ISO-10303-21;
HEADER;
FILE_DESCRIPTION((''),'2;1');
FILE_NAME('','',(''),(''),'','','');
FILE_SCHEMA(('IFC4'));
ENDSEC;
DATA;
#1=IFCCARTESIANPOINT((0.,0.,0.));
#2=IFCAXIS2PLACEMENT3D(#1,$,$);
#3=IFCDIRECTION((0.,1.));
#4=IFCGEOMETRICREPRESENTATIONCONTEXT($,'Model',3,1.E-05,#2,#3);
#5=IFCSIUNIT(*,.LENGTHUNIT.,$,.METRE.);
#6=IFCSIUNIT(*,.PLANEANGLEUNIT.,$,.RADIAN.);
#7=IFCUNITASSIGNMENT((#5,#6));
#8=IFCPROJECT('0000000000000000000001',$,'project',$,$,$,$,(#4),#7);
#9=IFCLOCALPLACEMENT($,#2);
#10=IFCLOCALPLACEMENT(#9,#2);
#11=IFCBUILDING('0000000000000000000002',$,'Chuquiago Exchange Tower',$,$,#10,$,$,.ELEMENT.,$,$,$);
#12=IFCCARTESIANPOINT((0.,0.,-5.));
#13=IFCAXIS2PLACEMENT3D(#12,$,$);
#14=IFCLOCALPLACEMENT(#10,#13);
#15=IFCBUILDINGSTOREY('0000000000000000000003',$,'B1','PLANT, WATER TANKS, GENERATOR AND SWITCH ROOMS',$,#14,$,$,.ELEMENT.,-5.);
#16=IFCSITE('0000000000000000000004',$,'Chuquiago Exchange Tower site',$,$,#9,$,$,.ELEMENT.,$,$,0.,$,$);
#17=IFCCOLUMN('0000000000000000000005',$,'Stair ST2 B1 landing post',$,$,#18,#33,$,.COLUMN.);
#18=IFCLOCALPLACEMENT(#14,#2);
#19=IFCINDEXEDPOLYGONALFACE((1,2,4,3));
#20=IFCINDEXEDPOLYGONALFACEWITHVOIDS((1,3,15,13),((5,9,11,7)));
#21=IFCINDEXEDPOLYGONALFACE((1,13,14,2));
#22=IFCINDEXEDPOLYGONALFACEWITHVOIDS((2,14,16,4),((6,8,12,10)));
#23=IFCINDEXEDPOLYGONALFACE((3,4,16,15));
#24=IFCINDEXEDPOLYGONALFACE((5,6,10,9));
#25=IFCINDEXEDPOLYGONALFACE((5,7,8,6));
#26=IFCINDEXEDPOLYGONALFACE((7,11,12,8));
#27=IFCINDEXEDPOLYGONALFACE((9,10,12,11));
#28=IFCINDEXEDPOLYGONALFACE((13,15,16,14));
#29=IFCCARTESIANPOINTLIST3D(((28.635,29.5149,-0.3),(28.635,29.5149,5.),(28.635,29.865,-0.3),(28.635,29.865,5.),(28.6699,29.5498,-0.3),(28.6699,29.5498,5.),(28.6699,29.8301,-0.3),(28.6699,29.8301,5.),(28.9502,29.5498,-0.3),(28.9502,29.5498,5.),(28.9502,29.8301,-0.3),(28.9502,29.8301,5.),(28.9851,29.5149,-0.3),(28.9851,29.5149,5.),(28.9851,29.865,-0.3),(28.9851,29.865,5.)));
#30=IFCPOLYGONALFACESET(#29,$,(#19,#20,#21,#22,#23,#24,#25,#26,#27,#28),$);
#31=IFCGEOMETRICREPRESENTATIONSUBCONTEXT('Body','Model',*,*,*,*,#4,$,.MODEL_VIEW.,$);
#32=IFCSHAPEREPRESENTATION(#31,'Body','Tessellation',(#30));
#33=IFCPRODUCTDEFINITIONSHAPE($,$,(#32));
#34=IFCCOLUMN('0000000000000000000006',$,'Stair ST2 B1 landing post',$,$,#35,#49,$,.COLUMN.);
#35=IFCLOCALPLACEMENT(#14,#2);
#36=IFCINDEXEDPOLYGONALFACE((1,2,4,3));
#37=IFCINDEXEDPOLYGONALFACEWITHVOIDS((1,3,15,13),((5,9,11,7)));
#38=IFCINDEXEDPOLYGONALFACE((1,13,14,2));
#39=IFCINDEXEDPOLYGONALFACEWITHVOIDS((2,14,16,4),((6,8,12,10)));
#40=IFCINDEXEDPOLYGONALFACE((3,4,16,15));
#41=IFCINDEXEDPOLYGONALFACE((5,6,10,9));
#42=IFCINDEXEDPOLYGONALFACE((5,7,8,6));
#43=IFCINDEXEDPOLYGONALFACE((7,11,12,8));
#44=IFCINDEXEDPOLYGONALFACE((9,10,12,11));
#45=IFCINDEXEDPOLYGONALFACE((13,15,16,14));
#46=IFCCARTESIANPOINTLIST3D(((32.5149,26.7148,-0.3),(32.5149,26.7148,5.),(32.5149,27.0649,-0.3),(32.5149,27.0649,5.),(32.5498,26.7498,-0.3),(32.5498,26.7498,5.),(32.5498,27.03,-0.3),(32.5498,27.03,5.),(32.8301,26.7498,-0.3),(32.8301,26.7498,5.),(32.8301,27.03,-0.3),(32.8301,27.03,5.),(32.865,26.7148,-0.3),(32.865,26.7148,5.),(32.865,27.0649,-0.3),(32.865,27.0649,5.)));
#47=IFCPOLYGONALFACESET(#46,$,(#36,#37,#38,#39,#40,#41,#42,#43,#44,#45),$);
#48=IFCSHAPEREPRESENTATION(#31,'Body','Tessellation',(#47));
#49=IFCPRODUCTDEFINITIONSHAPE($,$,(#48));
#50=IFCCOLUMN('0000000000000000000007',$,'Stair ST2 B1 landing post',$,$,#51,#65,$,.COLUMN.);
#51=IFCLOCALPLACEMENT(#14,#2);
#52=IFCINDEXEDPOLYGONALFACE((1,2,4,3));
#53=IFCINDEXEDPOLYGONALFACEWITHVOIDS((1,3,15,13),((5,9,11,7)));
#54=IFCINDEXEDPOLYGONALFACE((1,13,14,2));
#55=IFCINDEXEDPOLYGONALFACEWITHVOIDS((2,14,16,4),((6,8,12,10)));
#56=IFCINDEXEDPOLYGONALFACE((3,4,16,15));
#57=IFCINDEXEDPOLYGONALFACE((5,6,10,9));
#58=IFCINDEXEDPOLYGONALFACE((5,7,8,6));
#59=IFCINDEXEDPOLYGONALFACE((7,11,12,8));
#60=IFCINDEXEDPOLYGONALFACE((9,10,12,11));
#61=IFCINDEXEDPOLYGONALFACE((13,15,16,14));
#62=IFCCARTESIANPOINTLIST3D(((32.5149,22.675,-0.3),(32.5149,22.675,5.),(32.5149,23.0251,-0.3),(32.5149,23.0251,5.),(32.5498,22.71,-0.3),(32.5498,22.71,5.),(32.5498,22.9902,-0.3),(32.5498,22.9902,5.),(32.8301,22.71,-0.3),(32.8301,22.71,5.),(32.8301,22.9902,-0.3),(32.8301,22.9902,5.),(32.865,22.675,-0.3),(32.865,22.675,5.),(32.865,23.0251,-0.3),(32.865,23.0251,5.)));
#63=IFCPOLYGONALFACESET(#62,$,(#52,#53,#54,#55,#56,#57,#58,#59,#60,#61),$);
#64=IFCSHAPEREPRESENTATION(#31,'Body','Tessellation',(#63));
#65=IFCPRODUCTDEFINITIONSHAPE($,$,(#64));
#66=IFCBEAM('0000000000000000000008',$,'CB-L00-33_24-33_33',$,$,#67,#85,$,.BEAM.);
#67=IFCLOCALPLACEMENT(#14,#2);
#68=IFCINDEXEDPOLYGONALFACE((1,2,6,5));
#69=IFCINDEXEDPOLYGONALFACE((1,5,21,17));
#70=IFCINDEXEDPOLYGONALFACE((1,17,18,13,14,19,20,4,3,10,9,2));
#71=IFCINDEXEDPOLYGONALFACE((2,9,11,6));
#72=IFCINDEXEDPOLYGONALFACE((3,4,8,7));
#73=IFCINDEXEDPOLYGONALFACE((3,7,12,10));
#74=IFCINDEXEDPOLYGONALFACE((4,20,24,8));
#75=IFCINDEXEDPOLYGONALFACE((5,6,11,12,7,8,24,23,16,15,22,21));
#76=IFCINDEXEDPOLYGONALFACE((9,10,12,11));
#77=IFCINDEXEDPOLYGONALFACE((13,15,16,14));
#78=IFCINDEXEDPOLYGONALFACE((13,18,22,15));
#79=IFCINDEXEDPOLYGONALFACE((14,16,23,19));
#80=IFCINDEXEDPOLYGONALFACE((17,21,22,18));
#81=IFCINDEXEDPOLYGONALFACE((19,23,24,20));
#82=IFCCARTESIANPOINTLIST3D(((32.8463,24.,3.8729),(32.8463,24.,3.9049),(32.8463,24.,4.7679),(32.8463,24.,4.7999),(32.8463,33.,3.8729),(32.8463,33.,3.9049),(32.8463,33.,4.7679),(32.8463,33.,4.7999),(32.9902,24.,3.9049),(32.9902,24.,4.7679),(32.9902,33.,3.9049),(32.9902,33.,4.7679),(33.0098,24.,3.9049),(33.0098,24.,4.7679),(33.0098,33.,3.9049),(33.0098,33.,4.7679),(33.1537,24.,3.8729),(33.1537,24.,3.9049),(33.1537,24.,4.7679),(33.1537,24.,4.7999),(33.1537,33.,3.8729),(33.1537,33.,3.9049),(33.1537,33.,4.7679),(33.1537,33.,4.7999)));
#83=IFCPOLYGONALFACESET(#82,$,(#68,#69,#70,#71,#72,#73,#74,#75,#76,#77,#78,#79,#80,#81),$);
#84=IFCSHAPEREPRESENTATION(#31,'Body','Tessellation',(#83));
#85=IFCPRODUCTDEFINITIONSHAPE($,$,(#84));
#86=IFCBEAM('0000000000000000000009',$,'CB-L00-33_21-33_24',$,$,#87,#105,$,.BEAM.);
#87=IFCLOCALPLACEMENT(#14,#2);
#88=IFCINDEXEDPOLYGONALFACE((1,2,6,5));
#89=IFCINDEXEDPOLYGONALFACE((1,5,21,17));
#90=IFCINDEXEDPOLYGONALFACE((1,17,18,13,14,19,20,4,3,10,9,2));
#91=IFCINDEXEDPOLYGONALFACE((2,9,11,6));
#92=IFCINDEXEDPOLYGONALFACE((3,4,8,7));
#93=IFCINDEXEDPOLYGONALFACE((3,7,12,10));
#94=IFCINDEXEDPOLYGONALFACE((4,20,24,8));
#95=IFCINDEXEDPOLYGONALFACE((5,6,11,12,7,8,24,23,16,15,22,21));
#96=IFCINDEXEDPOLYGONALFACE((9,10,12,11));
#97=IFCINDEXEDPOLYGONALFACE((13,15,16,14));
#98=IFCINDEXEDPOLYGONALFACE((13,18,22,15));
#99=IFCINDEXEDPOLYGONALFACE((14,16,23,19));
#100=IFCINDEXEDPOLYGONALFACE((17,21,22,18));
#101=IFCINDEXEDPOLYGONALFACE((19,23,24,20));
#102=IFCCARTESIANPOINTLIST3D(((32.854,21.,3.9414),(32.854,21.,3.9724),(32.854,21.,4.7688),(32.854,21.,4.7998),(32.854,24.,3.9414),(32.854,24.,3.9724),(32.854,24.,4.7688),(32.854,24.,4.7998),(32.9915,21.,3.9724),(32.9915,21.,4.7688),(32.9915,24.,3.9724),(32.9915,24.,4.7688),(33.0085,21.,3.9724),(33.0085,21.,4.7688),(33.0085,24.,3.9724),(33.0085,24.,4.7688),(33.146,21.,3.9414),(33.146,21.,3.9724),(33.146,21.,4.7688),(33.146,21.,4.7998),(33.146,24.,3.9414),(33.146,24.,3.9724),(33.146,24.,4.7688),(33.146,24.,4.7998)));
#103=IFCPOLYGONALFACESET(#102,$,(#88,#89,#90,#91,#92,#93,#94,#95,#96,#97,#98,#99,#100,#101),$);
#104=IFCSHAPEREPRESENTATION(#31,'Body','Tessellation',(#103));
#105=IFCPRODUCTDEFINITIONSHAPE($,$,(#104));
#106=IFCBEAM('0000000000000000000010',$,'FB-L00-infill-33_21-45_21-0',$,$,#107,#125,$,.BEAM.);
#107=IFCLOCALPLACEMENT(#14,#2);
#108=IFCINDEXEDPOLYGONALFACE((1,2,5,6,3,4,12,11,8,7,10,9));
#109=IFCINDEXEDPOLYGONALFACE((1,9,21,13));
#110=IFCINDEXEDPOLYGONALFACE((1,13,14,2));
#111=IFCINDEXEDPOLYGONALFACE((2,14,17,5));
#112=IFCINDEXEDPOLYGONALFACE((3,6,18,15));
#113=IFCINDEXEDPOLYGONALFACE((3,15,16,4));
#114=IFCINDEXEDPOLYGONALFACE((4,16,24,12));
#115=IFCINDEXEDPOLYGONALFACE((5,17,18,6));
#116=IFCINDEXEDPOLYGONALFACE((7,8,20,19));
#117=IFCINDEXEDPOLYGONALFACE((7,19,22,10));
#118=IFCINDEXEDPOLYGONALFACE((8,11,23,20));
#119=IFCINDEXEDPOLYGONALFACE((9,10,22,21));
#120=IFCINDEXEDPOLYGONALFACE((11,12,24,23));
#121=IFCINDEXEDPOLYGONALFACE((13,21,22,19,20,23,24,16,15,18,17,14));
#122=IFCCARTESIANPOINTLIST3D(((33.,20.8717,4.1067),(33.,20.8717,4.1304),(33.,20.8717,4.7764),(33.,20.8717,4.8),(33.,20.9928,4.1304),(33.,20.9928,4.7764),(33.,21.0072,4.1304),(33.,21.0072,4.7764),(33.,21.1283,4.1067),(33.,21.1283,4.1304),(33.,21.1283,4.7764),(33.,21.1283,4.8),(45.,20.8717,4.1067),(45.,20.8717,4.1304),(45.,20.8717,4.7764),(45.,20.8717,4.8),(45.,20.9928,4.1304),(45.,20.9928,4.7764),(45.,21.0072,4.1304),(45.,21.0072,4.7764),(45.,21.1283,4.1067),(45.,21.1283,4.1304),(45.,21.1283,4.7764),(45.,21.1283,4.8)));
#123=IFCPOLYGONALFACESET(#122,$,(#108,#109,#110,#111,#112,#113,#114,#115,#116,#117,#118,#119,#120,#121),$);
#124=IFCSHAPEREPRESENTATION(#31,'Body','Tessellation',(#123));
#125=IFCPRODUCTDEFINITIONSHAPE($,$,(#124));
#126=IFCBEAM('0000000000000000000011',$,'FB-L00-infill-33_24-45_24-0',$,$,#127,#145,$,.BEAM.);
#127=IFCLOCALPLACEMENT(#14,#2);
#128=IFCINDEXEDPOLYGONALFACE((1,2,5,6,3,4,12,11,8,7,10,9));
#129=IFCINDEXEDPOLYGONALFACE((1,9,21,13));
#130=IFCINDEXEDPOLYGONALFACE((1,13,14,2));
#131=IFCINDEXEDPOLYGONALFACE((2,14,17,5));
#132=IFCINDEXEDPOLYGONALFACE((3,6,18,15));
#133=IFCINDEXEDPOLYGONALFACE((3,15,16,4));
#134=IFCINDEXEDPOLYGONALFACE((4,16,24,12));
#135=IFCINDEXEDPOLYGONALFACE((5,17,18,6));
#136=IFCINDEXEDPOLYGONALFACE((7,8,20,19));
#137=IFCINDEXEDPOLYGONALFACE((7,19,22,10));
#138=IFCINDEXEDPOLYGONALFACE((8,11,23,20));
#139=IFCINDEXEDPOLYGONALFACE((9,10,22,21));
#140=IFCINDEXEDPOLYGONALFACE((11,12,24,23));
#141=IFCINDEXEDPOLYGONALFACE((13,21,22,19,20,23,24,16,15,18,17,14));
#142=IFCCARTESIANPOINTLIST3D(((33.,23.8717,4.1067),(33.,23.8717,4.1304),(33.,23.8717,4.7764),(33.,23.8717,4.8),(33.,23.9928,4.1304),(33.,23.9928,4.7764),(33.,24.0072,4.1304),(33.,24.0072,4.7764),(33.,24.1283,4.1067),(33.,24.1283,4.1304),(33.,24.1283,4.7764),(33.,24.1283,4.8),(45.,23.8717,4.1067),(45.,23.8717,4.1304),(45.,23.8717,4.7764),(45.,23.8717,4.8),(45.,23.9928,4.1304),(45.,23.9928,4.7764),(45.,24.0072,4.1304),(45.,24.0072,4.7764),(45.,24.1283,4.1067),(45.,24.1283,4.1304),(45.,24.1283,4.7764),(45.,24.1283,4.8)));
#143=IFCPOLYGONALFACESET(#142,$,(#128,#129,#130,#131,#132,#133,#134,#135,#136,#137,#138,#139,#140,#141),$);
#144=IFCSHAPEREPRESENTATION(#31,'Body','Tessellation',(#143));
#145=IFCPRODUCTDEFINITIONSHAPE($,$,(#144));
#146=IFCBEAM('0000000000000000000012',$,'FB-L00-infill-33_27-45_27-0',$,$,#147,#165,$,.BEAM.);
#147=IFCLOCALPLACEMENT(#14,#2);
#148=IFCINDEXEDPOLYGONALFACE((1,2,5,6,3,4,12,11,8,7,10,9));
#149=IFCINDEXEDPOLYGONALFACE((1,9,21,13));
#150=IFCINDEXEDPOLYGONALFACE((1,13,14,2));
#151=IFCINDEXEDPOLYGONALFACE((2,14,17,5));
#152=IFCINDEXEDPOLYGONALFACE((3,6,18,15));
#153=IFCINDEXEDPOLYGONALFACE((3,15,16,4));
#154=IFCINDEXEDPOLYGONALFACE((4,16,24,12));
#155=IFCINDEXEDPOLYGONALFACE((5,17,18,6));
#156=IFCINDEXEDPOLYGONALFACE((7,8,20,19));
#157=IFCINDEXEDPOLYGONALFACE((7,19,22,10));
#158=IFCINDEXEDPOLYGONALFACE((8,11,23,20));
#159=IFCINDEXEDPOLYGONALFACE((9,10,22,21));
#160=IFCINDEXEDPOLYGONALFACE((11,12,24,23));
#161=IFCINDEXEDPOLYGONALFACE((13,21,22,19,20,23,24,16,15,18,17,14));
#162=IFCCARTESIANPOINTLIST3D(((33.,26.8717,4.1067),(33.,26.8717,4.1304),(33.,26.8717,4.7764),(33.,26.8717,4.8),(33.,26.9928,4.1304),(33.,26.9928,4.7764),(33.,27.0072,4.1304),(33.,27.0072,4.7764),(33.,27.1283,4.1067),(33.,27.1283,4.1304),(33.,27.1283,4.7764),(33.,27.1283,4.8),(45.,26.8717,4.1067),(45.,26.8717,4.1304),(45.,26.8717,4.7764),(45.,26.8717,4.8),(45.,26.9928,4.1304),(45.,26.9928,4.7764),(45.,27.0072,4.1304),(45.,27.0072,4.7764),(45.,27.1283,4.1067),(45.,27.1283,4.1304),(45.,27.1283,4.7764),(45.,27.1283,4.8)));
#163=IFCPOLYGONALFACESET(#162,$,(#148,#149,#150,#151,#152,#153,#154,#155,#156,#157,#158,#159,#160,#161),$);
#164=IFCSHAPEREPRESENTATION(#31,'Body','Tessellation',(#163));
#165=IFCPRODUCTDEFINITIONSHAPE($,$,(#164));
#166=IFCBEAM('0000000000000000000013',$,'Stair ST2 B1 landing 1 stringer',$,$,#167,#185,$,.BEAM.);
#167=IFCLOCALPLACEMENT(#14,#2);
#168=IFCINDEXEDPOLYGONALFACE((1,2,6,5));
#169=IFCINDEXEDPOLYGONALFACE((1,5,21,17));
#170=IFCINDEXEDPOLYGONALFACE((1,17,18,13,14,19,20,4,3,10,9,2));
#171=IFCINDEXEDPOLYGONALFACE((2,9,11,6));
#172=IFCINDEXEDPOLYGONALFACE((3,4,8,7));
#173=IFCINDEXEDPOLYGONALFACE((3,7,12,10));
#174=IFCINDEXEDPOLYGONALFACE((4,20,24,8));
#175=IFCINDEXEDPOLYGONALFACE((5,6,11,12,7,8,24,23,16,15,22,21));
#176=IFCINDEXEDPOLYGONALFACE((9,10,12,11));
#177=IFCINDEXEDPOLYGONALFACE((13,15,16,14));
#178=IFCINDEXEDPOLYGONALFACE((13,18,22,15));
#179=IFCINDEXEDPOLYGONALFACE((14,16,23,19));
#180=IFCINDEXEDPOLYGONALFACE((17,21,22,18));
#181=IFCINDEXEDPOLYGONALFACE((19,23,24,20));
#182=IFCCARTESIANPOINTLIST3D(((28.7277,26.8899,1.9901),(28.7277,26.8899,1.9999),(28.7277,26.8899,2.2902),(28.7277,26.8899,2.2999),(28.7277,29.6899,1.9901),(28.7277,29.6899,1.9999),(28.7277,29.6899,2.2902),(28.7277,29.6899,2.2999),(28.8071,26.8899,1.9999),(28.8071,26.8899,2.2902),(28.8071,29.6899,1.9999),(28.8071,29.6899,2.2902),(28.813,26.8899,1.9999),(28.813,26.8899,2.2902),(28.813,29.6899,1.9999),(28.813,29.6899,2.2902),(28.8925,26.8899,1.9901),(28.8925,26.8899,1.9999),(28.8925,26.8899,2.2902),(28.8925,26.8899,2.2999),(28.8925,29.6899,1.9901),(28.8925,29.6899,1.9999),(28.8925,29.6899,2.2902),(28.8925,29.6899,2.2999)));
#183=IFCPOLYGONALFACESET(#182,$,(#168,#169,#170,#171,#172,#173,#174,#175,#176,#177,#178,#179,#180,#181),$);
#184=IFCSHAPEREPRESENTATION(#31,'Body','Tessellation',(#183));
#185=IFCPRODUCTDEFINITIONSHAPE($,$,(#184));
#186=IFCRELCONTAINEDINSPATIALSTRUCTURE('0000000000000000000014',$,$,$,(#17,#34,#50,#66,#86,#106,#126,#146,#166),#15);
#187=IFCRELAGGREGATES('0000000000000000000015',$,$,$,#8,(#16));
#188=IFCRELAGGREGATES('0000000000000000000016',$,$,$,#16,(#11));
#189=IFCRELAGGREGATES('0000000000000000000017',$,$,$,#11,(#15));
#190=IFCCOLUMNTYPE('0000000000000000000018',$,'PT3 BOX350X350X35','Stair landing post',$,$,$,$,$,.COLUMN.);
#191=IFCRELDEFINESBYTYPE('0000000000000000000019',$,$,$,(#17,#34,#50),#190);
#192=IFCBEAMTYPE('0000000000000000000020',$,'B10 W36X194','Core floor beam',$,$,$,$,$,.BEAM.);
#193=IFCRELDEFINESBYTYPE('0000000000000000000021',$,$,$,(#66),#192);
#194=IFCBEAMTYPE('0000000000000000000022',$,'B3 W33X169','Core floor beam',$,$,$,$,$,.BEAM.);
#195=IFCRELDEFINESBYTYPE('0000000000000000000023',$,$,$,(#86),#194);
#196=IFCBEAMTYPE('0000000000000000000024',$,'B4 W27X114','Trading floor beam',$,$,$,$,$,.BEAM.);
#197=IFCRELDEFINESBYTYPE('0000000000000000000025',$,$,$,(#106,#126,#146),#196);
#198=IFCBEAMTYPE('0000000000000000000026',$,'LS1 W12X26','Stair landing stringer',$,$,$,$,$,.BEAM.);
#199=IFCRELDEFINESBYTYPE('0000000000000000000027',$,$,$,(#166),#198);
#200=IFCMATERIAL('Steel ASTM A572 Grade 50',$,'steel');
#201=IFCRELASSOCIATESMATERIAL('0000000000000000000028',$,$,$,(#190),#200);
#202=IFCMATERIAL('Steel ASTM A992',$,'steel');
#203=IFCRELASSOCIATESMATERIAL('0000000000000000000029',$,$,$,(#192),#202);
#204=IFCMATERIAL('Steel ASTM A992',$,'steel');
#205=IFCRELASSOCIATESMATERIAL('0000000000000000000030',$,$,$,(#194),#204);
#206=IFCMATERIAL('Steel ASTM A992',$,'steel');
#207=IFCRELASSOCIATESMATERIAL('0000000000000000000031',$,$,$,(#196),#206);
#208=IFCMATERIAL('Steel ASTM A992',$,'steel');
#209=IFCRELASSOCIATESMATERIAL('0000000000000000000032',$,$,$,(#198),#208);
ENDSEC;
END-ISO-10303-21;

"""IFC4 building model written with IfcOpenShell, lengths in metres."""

from ifc_helpers import new_model, si_unit, direction, frame, origin, origin_2d, place, context, subcontext, project, spatial, hollow_rectangle, i_section, extrude, material, material_profile, profile_set, type_object, element, save


model = new_model("IFC4")

# Units and contexts
model_context = context("Model", 3, precision=1e-05, world=origin(), true_north=direction((0.0, 1.0)))
body_context = subcontext(model_context, "Body", "Model", "MODEL_VIEW")
ifc_project = project(units=[si_unit("LENGTHUNIT", "METRE"), si_unit("PLANEANGLEUNIT", "RADIAN")], contexts=[model_context])

# Site, building, storey
site_placement = place(None, origin())
site = spatial("IfcSite", under=ifc_project, at=site_placement, Name="Chuquiago Exchange Tower site", CompositionType="ELEMENT", RefElevation=0.0)
building_placement = place(site_placement, origin())
building = spatial("IfcBuilding", under=site, at=building_placement, Name="Chuquiago Exchange Tower", CompositionType="ELEMENT")
storey_placement = place(building_placement, frame((0.0, 0.0, -5.0)))
storey = spatial("IfcBuildingStorey", under=building, at=storey_placement, Name="B1", Description="PLANT, WATER TANKS, GENERATOR AND SWITCH ROOMS", CompositionType="ELEMENT", Elevation=-5.0)

# Columns
ifc_material_1 = material(Name="Steel ASTM A572 Grade 50", Category="steel")
ifc_material_profile_1 = material_profile(ifc_material_1, hollow_rectangle(XDim=0.3501, YDim=0.3501, WallThickness=0.0349, at=origin_2d()), Name="BOX350X350X35")
ifc_profile_set_1 = profile_set([ifc_material_profile_1], Name="Steel ASTM A572 Grade 50")
column_type_1 = type_object("IfcColumnType", Name="PT3 BOX350X350X35", Description="Stair landing post", PredefinedType="COLUMN", material=ifc_profile_set_1)
for number, where, z_axis, x_axis, name in (
    (1, (28.8101, 29.6899, -0.3), (0.0, 0.0, 1.0), (1.0, 0.0, 0.0), "Stair ST2 B1 landing post"),
    (2, (32.6899, 26.8899, -0.3), (0.0, 0.0, 1.0), (1.0, 0.0, 0.0), "Stair ST2 B1 landing post"),
    (3, (32.6899, 22.8501, -0.3), (0.0, 0.0, 1.0), (1.0, 0.0, 0.0), "Stair ST2 B1 landing post"),
):
    element("IfcColumn", number, at=place(storey_placement, frame(where, z_axis=z_axis, x_axis=x_axis)), inside=storey, type_object=column_type_1, Name=name, PredefinedType="COLUMN", context=body_context, shape_type="SweptSolid", body=[
        extrude(hollow_rectangle(XDim=0.3501, YDim=0.3501, WallThickness=0.0349, at=origin_2d()), origin(), (0.0, 0.0, 1.0), 5.3),
    ])

# Beams
ifc_material_2 = material(Name="Steel ASTM A992", Category="steel")
ifc_material_profile_2 = material_profile(ifc_material_2, i_section(OverallWidth=0.3074, OverallDepth=0.927, WebThickness=0.0195, FlangeThickness=0.032, at=origin_2d()), Name="W36X194")
ifc_profile_set_2 = profile_set([ifc_material_profile_2], Name="Steel ASTM A992")
beam_type_1 = type_object("IfcBeamType", Name="B10 W36X194", Description="Core floor beam", PredefinedType="BEAM", material=ifc_profile_set_2)
beam_1_placement = place(storey_placement, frame((33.0, 24.0, 4.3364), z_axis=(0.0, 1.0, 0.0), x_axis=(-1.0, 0.0, 0.0)))
element("IfcBeam", 4, at=beam_1_placement, inside=storey, type_object=beam_type_1, Name="CB-L00-33_24-33_33", PredefinedType="BEAM", context=body_context, shape_type="SweptSolid", body=[
    extrude(i_section(OverallWidth=0.3074, OverallDepth=0.927, WebThickness=0.0195, FlangeThickness=0.032, at=origin_2d()), origin(), (0.0, 0.0, 1.0), 9.0),
])
ifc_material_3 = material(Name="Steel ASTM A992", Category="steel")
ifc_material_profile_3 = material_profile(ifc_material_3, i_section(OverallWidth=0.292, OverallDepth=0.8584, WebThickness=0.0171, FlangeThickness=0.031, at=origin_2d()), Name="W33X169")
ifc_profile_set_3 = profile_set([ifc_material_profile_3], Name="Steel ASTM A992")
beam_type_2 = type_object("IfcBeamType", Name="B3 W33X169", Description="Core floor beam", PredefinedType="BEAM", material=ifc_profile_set_3)
beam_2_placement = place(storey_placement, frame((33.0, 21.0, 4.3706), z_axis=(0.0, 1.0, 0.0), x_axis=(-1.0, 0.0, 0.0)))
element("IfcBeam", 5, at=beam_2_placement, inside=storey, type_object=beam_type_2, Name="CB-L00-33_21-33_24", PredefinedType="BEAM", context=body_context, shape_type="SweptSolid", body=[
    extrude(i_section(OverallWidth=0.292, OverallDepth=0.8584, WebThickness=0.0171, FlangeThickness=0.031, at=origin_2d()), origin(), (0.0, 0.0, 1.0), 3.0),
])
ifc_material_4 = material(Name="Steel ASTM A992", Category="steel")
ifc_material_profile_4 = material_profile(ifc_material_4, i_section(OverallWidth=0.2566, OverallDepth=0.6934, WebThickness=0.0144, FlangeThickness=0.0237, at=origin_2d()), Name="W27X114")
ifc_profile_set_4 = profile_set([ifc_material_profile_4], Name="Steel ASTM A992")
beam_type_3 = type_object("IfcBeamType", Name="B4 W27X114", Description="Trading floor beam", PredefinedType="BEAM", material=ifc_profile_set_4)
for number, where, z_axis, x_axis, name in (
    (6, (33.0, 21.0, 4.4534), (1.0, 0.0, 0.0), (0.0, 1.0, 0.0), "FB-L00-infill-33_21-45_21-0"),
    (7, (33.0, 24.0, 4.4534), (1.0, 0.0, 0.0), (0.0, 1.0, 0.0), "FB-L00-infill-33_24-45_24-0"),
    (8, (33.0, 27.0, 4.4534), (1.0, 0.0, 0.0), (0.0, 1.0, 0.0), "FB-L00-infill-33_27-45_27-0"),
):
    element("IfcBeam", number, at=place(storey_placement, frame(where, z_axis=z_axis, x_axis=x_axis)), inside=storey, type_object=beam_type_3, Name=name, PredefinedType="BEAM", context=body_context, shape_type="SweptSolid", body=[
        extrude(i_section(OverallWidth=0.2566, OverallDepth=0.6934, WebThickness=0.0144, FlangeThickness=0.0237, at=origin_2d()), origin(), (0.0, 0.0, 1.0), 12.0),
    ])
ifc_material_5 = material(Name="Steel ASTM A992", Category="steel")
ifc_material_profile_5 = material_profile(ifc_material_5, i_section(OverallWidth=0.1648, OverallDepth=0.3098, WebThickness=0.0059, FlangeThickness=0.0098, at=origin_2d()), Name="W12X26")
ifc_profile_set_5 = profile_set([ifc_material_profile_5], Name="Steel ASTM A992")
beam_type_4 = type_object("IfcBeamType", Name="LS1 W12X26", Description="Stair landing stringer", PredefinedType="BEAM", material=ifc_profile_set_5)
for number, where, z_axis, x_axis, name in (
    (9, (28.8101, 26.8899, 2.145), (0.0, 1.0, 0.0), (-1.0, 0.0, 0.0), "Stair ST2 B1 landing 1 stringer"),
):
    element("IfcBeam", number, at=place(storey_placement, frame(where, z_axis=z_axis, x_axis=x_axis)), inside=storey, type_object=beam_type_4, Name=name, PredefinedType="BEAM", context=body_context, shape_type="SweptSolid", body=[
        extrude(i_section(OverallWidth=0.1648, OverallDepth=0.3098, WebThickness=0.0059, FlangeThickness=0.0098, at=origin_2d()), origin(), (0.0, 0.0, 1.0), 2.8),
    ])

save(model, "model.ifc")
